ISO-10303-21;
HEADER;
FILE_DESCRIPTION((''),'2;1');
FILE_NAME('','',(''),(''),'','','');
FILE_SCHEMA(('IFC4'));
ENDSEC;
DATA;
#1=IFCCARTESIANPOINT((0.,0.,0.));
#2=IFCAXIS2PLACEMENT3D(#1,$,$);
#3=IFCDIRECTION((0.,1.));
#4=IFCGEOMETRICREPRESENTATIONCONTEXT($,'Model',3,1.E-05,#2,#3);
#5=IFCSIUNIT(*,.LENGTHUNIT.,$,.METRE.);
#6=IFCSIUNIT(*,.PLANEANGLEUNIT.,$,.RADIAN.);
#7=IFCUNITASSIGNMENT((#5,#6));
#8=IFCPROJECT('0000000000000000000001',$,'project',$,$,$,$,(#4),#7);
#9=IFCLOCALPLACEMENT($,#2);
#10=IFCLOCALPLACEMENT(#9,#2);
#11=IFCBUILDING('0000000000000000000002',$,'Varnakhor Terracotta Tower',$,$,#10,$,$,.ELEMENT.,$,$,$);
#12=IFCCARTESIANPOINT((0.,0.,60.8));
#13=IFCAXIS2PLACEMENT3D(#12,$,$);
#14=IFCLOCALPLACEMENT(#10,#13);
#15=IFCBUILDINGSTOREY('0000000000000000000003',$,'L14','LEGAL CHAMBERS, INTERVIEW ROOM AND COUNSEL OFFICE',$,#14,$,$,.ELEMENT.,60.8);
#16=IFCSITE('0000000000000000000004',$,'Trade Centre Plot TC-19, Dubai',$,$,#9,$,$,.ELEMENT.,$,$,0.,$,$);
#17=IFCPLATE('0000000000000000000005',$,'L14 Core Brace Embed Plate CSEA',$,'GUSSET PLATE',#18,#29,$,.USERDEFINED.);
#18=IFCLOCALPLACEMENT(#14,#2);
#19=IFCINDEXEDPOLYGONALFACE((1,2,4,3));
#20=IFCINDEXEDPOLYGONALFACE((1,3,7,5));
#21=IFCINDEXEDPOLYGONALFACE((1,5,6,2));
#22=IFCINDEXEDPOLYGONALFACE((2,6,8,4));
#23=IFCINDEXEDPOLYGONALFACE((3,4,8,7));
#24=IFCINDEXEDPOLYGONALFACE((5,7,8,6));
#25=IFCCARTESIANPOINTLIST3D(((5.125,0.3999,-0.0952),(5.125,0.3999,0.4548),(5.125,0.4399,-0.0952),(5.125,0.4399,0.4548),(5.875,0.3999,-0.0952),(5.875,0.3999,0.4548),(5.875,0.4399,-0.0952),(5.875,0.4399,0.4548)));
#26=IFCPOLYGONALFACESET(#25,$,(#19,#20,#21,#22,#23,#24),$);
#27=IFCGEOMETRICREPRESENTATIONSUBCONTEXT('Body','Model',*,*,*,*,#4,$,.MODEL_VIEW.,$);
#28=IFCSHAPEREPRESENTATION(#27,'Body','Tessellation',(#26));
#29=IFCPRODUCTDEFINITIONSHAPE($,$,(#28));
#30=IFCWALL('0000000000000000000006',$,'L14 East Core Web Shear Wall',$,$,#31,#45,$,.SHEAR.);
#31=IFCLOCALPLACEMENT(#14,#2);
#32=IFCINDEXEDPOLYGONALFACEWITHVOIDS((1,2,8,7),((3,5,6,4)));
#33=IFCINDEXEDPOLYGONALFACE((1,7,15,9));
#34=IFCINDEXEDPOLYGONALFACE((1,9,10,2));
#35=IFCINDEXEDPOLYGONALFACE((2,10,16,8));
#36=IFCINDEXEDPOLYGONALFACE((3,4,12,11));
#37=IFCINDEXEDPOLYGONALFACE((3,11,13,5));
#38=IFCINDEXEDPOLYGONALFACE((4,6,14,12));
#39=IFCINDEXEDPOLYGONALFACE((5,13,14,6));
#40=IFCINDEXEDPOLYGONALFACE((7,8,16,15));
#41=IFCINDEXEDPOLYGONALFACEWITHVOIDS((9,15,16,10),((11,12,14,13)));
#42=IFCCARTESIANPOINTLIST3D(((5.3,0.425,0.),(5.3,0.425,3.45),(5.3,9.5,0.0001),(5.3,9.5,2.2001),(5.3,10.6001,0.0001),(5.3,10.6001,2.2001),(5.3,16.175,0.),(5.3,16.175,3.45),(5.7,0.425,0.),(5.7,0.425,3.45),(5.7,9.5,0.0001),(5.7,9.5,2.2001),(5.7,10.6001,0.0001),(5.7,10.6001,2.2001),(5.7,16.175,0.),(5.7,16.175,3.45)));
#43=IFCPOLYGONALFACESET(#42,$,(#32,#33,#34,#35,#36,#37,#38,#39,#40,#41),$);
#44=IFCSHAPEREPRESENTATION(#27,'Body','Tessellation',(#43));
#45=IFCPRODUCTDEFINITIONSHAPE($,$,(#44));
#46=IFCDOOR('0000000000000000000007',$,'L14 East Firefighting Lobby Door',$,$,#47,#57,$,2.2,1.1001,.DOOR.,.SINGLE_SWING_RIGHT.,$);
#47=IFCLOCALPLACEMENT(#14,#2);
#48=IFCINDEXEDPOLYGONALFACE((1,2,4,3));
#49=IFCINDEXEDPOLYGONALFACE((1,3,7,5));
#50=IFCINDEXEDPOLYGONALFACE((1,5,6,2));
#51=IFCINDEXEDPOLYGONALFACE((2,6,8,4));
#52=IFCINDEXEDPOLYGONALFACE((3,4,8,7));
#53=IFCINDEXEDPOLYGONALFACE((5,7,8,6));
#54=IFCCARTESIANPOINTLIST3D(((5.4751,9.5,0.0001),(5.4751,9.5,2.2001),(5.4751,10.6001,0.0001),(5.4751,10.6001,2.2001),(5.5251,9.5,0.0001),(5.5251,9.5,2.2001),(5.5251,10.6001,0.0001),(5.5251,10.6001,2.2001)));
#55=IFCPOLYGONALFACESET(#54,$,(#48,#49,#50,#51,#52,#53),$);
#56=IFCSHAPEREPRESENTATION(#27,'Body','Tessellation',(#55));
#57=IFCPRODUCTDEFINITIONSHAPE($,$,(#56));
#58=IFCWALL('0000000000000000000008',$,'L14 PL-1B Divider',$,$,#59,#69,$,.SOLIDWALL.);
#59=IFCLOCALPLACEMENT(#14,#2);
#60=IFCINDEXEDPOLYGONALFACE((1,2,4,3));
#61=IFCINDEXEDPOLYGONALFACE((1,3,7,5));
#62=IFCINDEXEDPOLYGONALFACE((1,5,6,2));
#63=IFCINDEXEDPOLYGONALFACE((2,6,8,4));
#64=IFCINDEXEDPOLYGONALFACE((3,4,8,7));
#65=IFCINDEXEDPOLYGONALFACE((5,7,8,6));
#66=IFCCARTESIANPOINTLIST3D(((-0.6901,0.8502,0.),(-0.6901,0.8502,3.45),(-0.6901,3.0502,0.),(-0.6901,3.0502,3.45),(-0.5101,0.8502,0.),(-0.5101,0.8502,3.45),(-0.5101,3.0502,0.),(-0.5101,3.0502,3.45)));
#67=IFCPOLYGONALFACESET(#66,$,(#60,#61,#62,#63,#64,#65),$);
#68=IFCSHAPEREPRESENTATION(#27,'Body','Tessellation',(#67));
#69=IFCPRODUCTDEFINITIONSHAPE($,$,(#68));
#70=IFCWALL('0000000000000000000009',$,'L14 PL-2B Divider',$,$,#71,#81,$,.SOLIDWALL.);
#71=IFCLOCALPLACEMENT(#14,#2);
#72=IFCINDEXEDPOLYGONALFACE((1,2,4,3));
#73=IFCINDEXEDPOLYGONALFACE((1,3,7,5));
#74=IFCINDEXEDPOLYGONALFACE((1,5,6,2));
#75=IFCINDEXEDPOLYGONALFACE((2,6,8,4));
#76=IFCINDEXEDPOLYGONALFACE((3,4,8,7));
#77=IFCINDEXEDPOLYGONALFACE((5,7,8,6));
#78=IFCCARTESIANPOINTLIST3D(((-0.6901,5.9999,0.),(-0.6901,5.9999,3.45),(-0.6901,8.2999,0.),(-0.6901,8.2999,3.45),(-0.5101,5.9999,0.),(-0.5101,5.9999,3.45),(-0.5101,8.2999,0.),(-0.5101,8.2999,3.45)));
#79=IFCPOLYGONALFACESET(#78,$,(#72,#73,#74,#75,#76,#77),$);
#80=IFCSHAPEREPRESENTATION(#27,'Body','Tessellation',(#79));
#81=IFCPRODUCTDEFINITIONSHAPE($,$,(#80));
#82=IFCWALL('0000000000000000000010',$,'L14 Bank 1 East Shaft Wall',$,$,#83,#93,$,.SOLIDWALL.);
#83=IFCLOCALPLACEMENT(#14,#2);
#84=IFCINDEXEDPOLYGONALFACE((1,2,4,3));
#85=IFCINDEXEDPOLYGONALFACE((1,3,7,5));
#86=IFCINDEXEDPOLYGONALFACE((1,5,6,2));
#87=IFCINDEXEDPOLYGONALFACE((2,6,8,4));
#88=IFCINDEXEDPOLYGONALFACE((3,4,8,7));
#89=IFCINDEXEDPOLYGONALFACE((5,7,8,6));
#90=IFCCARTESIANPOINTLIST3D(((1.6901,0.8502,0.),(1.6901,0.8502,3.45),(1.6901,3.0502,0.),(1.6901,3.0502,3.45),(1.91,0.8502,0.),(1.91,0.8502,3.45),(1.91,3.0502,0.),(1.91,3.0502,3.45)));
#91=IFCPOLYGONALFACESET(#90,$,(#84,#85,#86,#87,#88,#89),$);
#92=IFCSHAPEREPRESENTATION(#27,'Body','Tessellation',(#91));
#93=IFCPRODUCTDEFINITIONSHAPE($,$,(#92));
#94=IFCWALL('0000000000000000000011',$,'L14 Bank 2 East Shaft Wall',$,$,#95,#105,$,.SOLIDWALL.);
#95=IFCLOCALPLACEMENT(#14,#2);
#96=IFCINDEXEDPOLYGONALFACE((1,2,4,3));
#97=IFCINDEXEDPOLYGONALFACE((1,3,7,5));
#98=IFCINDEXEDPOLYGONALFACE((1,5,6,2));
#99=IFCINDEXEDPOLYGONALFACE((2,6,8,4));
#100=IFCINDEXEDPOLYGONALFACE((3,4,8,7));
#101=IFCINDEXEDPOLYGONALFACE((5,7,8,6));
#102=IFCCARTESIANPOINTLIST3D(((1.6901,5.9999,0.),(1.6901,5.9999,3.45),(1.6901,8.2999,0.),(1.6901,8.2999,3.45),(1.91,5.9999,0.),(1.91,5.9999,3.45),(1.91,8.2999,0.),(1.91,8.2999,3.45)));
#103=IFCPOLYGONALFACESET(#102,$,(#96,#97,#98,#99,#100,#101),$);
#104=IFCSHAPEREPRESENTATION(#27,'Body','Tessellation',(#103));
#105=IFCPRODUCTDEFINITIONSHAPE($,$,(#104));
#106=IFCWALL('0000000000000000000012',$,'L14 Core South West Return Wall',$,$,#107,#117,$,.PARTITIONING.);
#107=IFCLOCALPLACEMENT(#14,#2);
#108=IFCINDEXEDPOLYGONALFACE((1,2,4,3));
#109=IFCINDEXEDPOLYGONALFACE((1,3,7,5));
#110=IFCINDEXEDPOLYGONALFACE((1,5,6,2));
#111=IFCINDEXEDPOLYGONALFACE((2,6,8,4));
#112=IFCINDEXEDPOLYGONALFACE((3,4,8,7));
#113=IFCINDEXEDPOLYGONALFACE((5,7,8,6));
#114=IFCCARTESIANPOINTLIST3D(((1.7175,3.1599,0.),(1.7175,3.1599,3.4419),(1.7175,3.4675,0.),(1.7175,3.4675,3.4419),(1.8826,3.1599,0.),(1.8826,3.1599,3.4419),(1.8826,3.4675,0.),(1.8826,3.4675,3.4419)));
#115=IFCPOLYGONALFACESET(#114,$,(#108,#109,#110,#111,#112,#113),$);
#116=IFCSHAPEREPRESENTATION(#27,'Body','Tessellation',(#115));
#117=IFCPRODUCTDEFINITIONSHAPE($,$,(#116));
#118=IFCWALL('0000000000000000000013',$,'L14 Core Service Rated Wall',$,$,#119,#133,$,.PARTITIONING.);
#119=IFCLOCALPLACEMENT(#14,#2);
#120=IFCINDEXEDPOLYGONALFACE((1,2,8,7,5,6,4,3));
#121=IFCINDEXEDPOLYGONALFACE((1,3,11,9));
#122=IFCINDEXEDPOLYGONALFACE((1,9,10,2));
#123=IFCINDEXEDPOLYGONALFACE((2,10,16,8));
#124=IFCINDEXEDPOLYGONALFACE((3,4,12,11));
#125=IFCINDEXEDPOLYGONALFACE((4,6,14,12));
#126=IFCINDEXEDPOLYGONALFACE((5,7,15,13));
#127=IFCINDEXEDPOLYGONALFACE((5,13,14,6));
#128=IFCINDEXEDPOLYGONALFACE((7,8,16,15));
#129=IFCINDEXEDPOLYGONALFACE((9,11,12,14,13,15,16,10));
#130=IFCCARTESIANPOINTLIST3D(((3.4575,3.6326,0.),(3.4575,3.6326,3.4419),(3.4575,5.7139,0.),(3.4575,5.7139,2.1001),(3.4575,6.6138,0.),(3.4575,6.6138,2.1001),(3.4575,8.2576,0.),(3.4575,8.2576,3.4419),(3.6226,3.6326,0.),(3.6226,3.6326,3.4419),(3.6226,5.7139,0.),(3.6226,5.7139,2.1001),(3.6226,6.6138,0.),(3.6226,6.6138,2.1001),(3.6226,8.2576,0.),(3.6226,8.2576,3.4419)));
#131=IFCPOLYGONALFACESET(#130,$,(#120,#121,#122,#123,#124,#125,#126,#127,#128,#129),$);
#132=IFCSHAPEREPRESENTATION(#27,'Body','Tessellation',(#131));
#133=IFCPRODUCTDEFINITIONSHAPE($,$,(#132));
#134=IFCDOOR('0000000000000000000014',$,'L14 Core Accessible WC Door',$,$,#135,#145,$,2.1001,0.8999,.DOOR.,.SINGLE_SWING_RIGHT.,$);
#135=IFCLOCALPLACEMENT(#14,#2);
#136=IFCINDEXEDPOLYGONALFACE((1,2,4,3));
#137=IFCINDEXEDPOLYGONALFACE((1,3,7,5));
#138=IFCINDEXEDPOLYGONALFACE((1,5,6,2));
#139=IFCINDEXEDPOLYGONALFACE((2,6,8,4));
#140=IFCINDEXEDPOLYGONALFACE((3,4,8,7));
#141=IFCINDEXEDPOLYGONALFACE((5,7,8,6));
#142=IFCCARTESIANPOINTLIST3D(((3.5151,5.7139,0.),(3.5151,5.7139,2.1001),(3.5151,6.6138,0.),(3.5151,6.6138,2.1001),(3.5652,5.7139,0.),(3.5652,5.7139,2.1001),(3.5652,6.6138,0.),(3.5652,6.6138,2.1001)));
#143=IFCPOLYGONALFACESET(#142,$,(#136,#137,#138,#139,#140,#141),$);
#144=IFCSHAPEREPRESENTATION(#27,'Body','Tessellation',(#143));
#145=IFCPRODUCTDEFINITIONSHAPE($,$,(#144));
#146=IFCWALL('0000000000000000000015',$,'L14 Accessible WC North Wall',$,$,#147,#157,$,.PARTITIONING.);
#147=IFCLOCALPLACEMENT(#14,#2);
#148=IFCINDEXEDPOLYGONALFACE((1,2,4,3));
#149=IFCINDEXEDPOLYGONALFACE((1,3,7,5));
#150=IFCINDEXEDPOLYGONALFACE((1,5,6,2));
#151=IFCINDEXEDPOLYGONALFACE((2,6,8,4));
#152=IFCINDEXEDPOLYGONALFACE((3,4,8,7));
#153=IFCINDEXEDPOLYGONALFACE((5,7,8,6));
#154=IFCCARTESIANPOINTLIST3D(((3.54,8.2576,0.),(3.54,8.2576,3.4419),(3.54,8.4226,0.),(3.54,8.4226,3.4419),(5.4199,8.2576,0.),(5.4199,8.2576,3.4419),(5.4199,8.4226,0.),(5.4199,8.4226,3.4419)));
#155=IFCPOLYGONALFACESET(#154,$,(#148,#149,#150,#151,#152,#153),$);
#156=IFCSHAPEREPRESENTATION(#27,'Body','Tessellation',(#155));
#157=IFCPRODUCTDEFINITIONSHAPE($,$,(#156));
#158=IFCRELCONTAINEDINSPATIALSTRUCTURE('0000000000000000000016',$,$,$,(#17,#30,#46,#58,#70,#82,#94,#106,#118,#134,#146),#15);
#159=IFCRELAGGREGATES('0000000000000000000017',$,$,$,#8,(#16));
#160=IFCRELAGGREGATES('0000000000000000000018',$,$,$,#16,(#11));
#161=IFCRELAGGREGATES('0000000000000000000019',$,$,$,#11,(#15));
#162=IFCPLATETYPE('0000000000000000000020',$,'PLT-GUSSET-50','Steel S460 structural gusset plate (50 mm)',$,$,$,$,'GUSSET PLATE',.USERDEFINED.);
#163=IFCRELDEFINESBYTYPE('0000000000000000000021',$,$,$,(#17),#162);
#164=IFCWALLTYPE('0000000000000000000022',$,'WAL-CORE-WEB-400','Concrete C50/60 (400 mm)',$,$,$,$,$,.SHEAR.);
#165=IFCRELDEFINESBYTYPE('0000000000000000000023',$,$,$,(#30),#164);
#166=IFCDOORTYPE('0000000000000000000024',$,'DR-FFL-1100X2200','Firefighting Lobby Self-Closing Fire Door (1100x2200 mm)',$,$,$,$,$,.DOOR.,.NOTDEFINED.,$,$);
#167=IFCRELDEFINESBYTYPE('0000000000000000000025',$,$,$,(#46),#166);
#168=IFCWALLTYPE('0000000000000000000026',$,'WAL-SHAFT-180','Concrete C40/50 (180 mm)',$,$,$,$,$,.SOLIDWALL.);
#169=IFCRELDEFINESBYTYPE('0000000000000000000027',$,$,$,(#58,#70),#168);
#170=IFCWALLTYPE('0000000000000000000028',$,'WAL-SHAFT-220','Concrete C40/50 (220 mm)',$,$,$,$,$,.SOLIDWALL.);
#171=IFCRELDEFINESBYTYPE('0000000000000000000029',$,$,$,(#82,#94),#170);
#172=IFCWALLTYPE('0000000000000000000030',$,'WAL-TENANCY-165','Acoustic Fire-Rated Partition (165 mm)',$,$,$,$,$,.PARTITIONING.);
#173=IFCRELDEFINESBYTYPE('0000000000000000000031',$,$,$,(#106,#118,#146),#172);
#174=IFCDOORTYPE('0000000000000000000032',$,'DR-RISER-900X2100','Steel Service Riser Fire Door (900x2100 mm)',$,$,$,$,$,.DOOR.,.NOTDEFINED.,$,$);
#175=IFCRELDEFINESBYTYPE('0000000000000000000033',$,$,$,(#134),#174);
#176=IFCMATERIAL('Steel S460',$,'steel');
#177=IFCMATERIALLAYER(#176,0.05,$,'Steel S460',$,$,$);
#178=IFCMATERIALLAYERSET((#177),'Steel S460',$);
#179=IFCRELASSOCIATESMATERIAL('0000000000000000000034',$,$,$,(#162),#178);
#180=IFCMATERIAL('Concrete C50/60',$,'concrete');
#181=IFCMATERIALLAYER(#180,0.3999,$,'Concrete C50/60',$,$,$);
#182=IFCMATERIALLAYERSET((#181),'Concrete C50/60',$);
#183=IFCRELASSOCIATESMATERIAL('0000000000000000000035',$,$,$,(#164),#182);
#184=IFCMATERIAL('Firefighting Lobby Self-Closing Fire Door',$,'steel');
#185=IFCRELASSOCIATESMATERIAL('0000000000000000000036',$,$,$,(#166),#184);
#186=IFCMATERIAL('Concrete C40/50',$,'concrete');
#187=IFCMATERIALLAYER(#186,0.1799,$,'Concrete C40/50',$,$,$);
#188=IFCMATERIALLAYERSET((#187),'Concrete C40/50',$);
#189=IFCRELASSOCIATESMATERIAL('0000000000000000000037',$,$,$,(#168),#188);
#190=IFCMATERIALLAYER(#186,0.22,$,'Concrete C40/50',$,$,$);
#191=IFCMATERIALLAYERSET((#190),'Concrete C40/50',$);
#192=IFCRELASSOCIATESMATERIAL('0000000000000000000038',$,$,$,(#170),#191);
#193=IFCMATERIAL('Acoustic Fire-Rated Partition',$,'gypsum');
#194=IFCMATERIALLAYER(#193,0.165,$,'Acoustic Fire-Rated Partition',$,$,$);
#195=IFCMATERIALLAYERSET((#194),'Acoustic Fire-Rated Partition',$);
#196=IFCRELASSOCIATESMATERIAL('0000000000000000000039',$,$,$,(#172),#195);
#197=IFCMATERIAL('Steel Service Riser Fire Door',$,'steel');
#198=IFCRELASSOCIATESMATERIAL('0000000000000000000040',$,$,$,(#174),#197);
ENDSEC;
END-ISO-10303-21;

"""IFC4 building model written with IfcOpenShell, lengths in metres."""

from ifc_helpers import new_model, si_unit, direction, frame, frame_2d, origin, origin_2d, place, context, subcontext, project, spatial, rectangle, extrude, source, transform, mapped, material, layer, layer_set, type_object, type_shapes, element, fill, save


model = new_model("IFC4")

# Units and contexts
model_context = context("Model", 3, precision=1e-05, world=origin(), true_north=direction((0.0, 1.0)))
body_context = subcontext(model_context, "Body", "Model", "MODEL_VIEW")
ifc_project = project(units=[si_unit("LENGTHUNIT", "METRE"), si_unit("PLANEANGLEUNIT", "RADIAN")], contexts=[model_context])

# Site, building, storey
site_placement = place(None, origin())
site = spatial("IfcSite", under=ifc_project, at=site_placement, Name="Trade Centre Plot TC-19, Dubai", CompositionType="ELEMENT", RefElevation=0.0)
building_placement = place(site_placement, origin())
building = spatial("IfcBuilding", under=site, at=building_placement, Name="Varnakhor Terracotta Tower", CompositionType="ELEMENT")
storey_placement = place(building_placement, frame((0.0, 0.0, 60.8)))
storey = spatial("IfcBuildingStorey", under=building, at=storey_placement, Name="L14", Description="LEGAL CHAMBERS, INTERVIEW ROOM AND COUNSEL OFFICE", CompositionType="ELEMENT", Elevation=60.8)

# Shared definitions
ifc_material_1 = material(Name="Concrete C50/60", Category="concrete")

# Shared definitions
ifc_material_2 = material(Name="Steel S460", Category="steel")

# Shared definitions
ifc_material_3 = material(Name="Concrete C40/50", Category="concrete")

# Plate
ifc_layer_1 = layer(ifc_material_2, 0.05, Name="Steel S460")
ifc_layer_set_1 = layer_set([ifc_layer_1], Name="Steel S460")
plate_type = type_object("IfcPlateType", Name="PLT-GUSSET-50", Description="Steel S460 structural gusset plate (50 mm)", ElementType="GUSSET PLATE", PredefinedType="USERDEFINED", material=ifc_layer_set_1)
shared_shape_1 = source(origin(), body_context, "Body", "SweptSolid", [
    extrude(rectangle(XDim=0.75, YDim=0.04, at=origin_2d()), origin(), (0.0, 0.0, 1.0), 0.55),
])
type_shapes(plate_type, [shared_shape_1])
plate_placement = place(storey_placement, frame((5.5, 0.4199, -0.0952), z_axis=(0.0, 0.0, 1.0), x_axis=(1.0, 0.0, 0.0)))
element("IfcPlate", 1, at=plate_placement, inside=storey, type_object=plate_type, Name="L14 Core Brace Embed Plate CSEA", ObjectType="GUSSET PLATE", PredefinedType="USERDEFINED", context=body_context, shape_type="MappedRepresentation", body=[
    mapped(shared_shape_1, transform((0.0, 0.0, 0.0), scale=1.0)),
])

# Wall, opening, door
ifc_layer_2 = layer(ifc_material_1, 0.3999, Name="Concrete C50/60")
ifc_layer_set_2 = layer_set([ifc_layer_2], Name="Concrete C50/60")
wall_type_1 = type_object("IfcWallType", Name="WAL-CORE-WEB-400", Description="Concrete C50/60 (400 mm)", PredefinedType="SHEAR", material=ifc_layer_set_2)
wall_1_placement = place(storey_placement, frame((5.5, 0.425, 0.0), z_axis=(0.0, 0.0, 1.0), x_axis=(0.0, 1.0, 0.0)))
wall_1 = element("IfcWall", 2, at=wall_1_placement, inside=storey, type_object=wall_type_1, Name="L14 East Core Web Shear Wall", PredefinedType="SHEAR", context=body_context, shape_type="SweptSolid", body=[
    extrude(rectangle(XDim=15.75, YDim=0.3999, at=frame_2d((7.875, 0.0))), origin(), (0.0, 0.0, 1.0), 3.45),
])
opening_1_placement = place(wall_1_placement, frame((9.075, 0.0, 0.0)))
opening_1 = element("IfcOpeningElement", 3, at=opening_1_placement, cuts=wall_1, PredefinedType="OPENING", context=body_context, shape_type="SweptSolid", body=[
    extrude(rectangle(XDim=1.1001, YDim=2.2, at=frame_2d((0.55, 1.1001))), frame((0.0, 0.21, 0.0), z_axis=(0.0, -1.0, 0.0), x_axis=(1.0, 0.0, 0.0)), (0.0, 0.0, 1.0), 0.4199),
])
ifc_material_4 = material(Name="Firefighting Lobby Self-Closing Fire Door", Category="steel")
door_type_1 = type_object("IfcDoorType", Name="DR-FFL-1100X2200", Description="Firefighting Lobby Self-Closing Fire Door (1100x2200 mm)", OperationType="NOTDEFINED", PredefinedType="DOOR", material=ifc_material_4)
shared_shape_2 = source(origin(), body_context, "Body", "SweptSolid", [
    extrude(rectangle(XDim=1.1001, YDim=2.2, at=frame_2d((0.55, 1.1001))), frame((0.0, 0.0249, 0.0), z_axis=(0.0, -1.0, 0.0), x_axis=(1.0, 0.0, 0.0)), (0.0, 0.0, 1.0), 0.05),
])
type_shapes(door_type_1, [shared_shape_2])
door_1_placement = place(opening_1_placement, origin())
door_1 = element("IfcDoor", 4, at=door_1_placement, inside=storey, type_object=door_type_1, Name="L14 East Firefighting Lobby Door", OperationType="SINGLE_SWING_RIGHT", OverallHeight=2.2, OverallWidth=1.1001, PredefinedType="DOOR", context=body_context, shape_type="MappedRepresentation", body=[
    mapped(shared_shape_2, transform((0.0, 0.0, 0.0), scale=1.0)),
])
fill(opening_1, door_1)

# Walls
ifc_layer_3 = layer(ifc_material_3, 0.1799, Name="Concrete C40/50")
ifc_layer_set_3 = layer_set([ifc_layer_3], Name="Concrete C40/50")
wall_type_2 = type_object("IfcWallType", Name="WAL-SHAFT-180", Description="Concrete C40/50 (180 mm)", PredefinedType="SOLIDWALL", material=ifc_layer_set_3)
wall_2_placement = place(storey_placement, frame((-0.6001, 0.8501, 0.0), z_axis=(0.0, 0.0, 1.0), x_axis=(0.0, 1.0, 0.0)))
element("IfcWall", 5, at=wall_2_placement, inside=storey, type_object=wall_type_2, Name="L14 PL-1B Divider", PredefinedType="SOLIDWALL", context=body_context, shape_type="SweptSolid", body=[
    extrude(rectangle(XDim=2.2, YDim=0.1799, at=frame_2d((1.1001, 0.0))), origin(), (0.0, 0.0, 1.0), 3.45),
])
wall_3_placement = place(storey_placement, frame((-0.6001, 6.0, 0.0), z_axis=(0.0, 0.0, 1.0), x_axis=(0.0, 1.0, 0.0)))
element("IfcWall", 6, at=wall_3_placement, inside=storey, type_object=wall_type_2, Name="L14 PL-2B Divider", PredefinedType="SOLIDWALL", context=body_context, shape_type="SweptSolid", body=[
    extrude(rectangle(XDim=2.3, YDim=0.1799, at=frame_2d((1.1499, 0.0))), origin(), (0.0, 0.0, 1.0), 3.45),
])
ifc_layer_4 = layer(ifc_material_3, 0.22, Name="Concrete C40/50")
ifc_layer_set_4 = layer_set([ifc_layer_4], Name="Concrete C40/50")
wall_type_3 = type_object("IfcWallType", Name="WAL-SHAFT-220", Description="Concrete C40/50 (220 mm)", PredefinedType="SOLIDWALL", material=ifc_layer_set_4)
wall_4_placement = place(storey_placement, frame((1.8, 0.8501, 0.0), z_axis=(0.0, 0.0, 1.0), x_axis=(0.0, 1.0, 0.0)))
element("IfcWall", 7, at=wall_4_placement, inside=storey, type_object=wall_type_3, Name="L14 Bank 1 East Shaft Wall", PredefinedType="SOLIDWALL", context=body_context, shape_type="SweptSolid", body=[
    extrude(rectangle(XDim=2.2, YDim=0.22, at=frame_2d((1.1001, 0.0))), origin(), (0.0, 0.0, 1.0), 3.45),
])
wall_5_placement = place(storey_placement, frame((1.8, 6.0, 0.0), z_axis=(0.0, 0.0, 1.0), x_axis=(0.0, 1.0, 0.0)))
element("IfcWall", 8, at=wall_5_placement, inside=storey, type_object=wall_type_3, Name="L14 Bank 2 East Shaft Wall", PredefinedType="SOLIDWALL", context=body_context, shape_type="SweptSolid", body=[
    extrude(rectangle(XDim=2.3, YDim=0.22, at=frame_2d((1.1499, 0.0))), origin(), (0.0, 0.0, 1.0), 3.45),
])
ifc_material_5 = material(Name="Acoustic Fire-Rated Partition", Category="gypsum")
ifc_layer_5 = layer(ifc_material_5, 0.165, Name="Acoustic Fire-Rated Partition")
ifc_layer_set_5 = layer_set([ifc_layer_5], Name="Acoustic Fire-Rated Partition")
wall_type_4 = type_object("IfcWallType", Name="WAL-TENANCY-165", Description="Acoustic Fire-Rated Partition (165 mm)", PredefinedType="PARTITIONING", material=ifc_layer_set_5)
wall_6_placement = place(storey_placement, frame((1.8, 3.1599, 0.0), z_axis=(0.0, 0.0, 1.0), x_axis=(0.0, 1.0, 0.0)))
element("IfcWall", 9, at=wall_6_placement, inside=storey, type_object=wall_type_4, Name="L14 Core South West Return Wall", PredefinedType="PARTITIONING", context=body_context, shape_type="SweptSolid", body=[
    extrude(rectangle(XDim=0.3076, YDim=0.165, at=frame_2d((0.1538, 0.0))), origin(), (0.0, 0.0, 1.0), 3.4419),
])

# Wall, opening, door
wall_7_placement = place(storey_placement, frame((3.54, 3.6326, 0.0), z_axis=(0.0, 0.0, 1.0), x_axis=(0.0, 1.0, 0.0)))
wall_7 = element("IfcWall", 10, at=wall_7_placement, inside=storey, type_object=wall_type_4, Name="L14 Core Service Rated Wall", PredefinedType="PARTITIONING", context=body_context, shape_type="SweptSolid", body=[
    extrude(rectangle(XDim=4.625, YDim=0.165, at=frame_2d((2.3125, 0.0))), origin(), (0.0, 0.0, 1.0), 3.4419),
])
opening_2_placement = place(wall_7_placement, frame((2.0813, 0.0, 0.0)))
opening_2 = element("IfcOpeningElement", 11, at=opening_2_placement, cuts=wall_7, PredefinedType="OPENING", context=body_context, shape_type="SweptSolid", body=[
    extrude(rectangle(XDim=0.8999, YDim=2.1001, at=frame_2d((0.45, 1.05))), frame((0.0, 0.0925, 0.0), z_axis=(0.0, -1.0, 0.0), x_axis=(1.0, 0.0, 0.0)), (0.0, 0.0, 1.0), 0.1851),
])
ifc_material_6 = material(Name="Steel Service Riser Fire Door", Category="steel")
door_type_2 = type_object("IfcDoorType", Name="DR-RISER-900X2100", Description="Steel Service Riser Fire Door (900x2100 mm)", OperationType="NOTDEFINED", PredefinedType="DOOR", material=ifc_material_6)
shared_shape_3 = source(origin(), body_context, "Body", "SweptSolid", [
    extrude(rectangle(XDim=0.8999, YDim=2.1001, at=frame_2d((0.45, 1.05))), frame((0.0, 0.0249, 0.0), z_axis=(0.0, -1.0, 0.0), x_axis=(1.0, 0.0, 0.0)), (0.0, 0.0, 1.0), 0.05),
])
type_shapes(door_type_2, [shared_shape_3])
door_2_placement = place(opening_2_placement, origin())
door_2 = element("IfcDoor", 12, at=door_2_placement, inside=storey, type_object=door_type_2, Name="L14 Core Accessible WC Door", OperationType="SINGLE_SWING_RIGHT", OverallHeight=2.1001, OverallWidth=0.8999, PredefinedType="DOOR", context=body_context, shape_type="MappedRepresentation", body=[
    mapped(shared_shape_3, transform((0.0, 0.0, 0.0), scale=1.0)),
])
fill(opening_2, door_2)

# Wall
wall_8_placement = place(storey_placement, frame((3.54, 8.3401, 0.0), z_axis=(0.0, 0.0, 1.0), x_axis=(1.0, 0.0, 0.0)))
element("IfcWall", 13, at=wall_8_placement, inside=storey, type_object=wall_type_4, Name="L14 Accessible WC North Wall", PredefinedType="PARTITIONING", context=body_context, shape_type="SweptSolid", body=[
    extrude(rectangle(XDim=1.8799, YDim=0.165, at=frame_2d((0.9399, 0.0))), origin(), (0.0, 0.0, 1.0), 3.4419),
])

save(model, "model.ifc")
